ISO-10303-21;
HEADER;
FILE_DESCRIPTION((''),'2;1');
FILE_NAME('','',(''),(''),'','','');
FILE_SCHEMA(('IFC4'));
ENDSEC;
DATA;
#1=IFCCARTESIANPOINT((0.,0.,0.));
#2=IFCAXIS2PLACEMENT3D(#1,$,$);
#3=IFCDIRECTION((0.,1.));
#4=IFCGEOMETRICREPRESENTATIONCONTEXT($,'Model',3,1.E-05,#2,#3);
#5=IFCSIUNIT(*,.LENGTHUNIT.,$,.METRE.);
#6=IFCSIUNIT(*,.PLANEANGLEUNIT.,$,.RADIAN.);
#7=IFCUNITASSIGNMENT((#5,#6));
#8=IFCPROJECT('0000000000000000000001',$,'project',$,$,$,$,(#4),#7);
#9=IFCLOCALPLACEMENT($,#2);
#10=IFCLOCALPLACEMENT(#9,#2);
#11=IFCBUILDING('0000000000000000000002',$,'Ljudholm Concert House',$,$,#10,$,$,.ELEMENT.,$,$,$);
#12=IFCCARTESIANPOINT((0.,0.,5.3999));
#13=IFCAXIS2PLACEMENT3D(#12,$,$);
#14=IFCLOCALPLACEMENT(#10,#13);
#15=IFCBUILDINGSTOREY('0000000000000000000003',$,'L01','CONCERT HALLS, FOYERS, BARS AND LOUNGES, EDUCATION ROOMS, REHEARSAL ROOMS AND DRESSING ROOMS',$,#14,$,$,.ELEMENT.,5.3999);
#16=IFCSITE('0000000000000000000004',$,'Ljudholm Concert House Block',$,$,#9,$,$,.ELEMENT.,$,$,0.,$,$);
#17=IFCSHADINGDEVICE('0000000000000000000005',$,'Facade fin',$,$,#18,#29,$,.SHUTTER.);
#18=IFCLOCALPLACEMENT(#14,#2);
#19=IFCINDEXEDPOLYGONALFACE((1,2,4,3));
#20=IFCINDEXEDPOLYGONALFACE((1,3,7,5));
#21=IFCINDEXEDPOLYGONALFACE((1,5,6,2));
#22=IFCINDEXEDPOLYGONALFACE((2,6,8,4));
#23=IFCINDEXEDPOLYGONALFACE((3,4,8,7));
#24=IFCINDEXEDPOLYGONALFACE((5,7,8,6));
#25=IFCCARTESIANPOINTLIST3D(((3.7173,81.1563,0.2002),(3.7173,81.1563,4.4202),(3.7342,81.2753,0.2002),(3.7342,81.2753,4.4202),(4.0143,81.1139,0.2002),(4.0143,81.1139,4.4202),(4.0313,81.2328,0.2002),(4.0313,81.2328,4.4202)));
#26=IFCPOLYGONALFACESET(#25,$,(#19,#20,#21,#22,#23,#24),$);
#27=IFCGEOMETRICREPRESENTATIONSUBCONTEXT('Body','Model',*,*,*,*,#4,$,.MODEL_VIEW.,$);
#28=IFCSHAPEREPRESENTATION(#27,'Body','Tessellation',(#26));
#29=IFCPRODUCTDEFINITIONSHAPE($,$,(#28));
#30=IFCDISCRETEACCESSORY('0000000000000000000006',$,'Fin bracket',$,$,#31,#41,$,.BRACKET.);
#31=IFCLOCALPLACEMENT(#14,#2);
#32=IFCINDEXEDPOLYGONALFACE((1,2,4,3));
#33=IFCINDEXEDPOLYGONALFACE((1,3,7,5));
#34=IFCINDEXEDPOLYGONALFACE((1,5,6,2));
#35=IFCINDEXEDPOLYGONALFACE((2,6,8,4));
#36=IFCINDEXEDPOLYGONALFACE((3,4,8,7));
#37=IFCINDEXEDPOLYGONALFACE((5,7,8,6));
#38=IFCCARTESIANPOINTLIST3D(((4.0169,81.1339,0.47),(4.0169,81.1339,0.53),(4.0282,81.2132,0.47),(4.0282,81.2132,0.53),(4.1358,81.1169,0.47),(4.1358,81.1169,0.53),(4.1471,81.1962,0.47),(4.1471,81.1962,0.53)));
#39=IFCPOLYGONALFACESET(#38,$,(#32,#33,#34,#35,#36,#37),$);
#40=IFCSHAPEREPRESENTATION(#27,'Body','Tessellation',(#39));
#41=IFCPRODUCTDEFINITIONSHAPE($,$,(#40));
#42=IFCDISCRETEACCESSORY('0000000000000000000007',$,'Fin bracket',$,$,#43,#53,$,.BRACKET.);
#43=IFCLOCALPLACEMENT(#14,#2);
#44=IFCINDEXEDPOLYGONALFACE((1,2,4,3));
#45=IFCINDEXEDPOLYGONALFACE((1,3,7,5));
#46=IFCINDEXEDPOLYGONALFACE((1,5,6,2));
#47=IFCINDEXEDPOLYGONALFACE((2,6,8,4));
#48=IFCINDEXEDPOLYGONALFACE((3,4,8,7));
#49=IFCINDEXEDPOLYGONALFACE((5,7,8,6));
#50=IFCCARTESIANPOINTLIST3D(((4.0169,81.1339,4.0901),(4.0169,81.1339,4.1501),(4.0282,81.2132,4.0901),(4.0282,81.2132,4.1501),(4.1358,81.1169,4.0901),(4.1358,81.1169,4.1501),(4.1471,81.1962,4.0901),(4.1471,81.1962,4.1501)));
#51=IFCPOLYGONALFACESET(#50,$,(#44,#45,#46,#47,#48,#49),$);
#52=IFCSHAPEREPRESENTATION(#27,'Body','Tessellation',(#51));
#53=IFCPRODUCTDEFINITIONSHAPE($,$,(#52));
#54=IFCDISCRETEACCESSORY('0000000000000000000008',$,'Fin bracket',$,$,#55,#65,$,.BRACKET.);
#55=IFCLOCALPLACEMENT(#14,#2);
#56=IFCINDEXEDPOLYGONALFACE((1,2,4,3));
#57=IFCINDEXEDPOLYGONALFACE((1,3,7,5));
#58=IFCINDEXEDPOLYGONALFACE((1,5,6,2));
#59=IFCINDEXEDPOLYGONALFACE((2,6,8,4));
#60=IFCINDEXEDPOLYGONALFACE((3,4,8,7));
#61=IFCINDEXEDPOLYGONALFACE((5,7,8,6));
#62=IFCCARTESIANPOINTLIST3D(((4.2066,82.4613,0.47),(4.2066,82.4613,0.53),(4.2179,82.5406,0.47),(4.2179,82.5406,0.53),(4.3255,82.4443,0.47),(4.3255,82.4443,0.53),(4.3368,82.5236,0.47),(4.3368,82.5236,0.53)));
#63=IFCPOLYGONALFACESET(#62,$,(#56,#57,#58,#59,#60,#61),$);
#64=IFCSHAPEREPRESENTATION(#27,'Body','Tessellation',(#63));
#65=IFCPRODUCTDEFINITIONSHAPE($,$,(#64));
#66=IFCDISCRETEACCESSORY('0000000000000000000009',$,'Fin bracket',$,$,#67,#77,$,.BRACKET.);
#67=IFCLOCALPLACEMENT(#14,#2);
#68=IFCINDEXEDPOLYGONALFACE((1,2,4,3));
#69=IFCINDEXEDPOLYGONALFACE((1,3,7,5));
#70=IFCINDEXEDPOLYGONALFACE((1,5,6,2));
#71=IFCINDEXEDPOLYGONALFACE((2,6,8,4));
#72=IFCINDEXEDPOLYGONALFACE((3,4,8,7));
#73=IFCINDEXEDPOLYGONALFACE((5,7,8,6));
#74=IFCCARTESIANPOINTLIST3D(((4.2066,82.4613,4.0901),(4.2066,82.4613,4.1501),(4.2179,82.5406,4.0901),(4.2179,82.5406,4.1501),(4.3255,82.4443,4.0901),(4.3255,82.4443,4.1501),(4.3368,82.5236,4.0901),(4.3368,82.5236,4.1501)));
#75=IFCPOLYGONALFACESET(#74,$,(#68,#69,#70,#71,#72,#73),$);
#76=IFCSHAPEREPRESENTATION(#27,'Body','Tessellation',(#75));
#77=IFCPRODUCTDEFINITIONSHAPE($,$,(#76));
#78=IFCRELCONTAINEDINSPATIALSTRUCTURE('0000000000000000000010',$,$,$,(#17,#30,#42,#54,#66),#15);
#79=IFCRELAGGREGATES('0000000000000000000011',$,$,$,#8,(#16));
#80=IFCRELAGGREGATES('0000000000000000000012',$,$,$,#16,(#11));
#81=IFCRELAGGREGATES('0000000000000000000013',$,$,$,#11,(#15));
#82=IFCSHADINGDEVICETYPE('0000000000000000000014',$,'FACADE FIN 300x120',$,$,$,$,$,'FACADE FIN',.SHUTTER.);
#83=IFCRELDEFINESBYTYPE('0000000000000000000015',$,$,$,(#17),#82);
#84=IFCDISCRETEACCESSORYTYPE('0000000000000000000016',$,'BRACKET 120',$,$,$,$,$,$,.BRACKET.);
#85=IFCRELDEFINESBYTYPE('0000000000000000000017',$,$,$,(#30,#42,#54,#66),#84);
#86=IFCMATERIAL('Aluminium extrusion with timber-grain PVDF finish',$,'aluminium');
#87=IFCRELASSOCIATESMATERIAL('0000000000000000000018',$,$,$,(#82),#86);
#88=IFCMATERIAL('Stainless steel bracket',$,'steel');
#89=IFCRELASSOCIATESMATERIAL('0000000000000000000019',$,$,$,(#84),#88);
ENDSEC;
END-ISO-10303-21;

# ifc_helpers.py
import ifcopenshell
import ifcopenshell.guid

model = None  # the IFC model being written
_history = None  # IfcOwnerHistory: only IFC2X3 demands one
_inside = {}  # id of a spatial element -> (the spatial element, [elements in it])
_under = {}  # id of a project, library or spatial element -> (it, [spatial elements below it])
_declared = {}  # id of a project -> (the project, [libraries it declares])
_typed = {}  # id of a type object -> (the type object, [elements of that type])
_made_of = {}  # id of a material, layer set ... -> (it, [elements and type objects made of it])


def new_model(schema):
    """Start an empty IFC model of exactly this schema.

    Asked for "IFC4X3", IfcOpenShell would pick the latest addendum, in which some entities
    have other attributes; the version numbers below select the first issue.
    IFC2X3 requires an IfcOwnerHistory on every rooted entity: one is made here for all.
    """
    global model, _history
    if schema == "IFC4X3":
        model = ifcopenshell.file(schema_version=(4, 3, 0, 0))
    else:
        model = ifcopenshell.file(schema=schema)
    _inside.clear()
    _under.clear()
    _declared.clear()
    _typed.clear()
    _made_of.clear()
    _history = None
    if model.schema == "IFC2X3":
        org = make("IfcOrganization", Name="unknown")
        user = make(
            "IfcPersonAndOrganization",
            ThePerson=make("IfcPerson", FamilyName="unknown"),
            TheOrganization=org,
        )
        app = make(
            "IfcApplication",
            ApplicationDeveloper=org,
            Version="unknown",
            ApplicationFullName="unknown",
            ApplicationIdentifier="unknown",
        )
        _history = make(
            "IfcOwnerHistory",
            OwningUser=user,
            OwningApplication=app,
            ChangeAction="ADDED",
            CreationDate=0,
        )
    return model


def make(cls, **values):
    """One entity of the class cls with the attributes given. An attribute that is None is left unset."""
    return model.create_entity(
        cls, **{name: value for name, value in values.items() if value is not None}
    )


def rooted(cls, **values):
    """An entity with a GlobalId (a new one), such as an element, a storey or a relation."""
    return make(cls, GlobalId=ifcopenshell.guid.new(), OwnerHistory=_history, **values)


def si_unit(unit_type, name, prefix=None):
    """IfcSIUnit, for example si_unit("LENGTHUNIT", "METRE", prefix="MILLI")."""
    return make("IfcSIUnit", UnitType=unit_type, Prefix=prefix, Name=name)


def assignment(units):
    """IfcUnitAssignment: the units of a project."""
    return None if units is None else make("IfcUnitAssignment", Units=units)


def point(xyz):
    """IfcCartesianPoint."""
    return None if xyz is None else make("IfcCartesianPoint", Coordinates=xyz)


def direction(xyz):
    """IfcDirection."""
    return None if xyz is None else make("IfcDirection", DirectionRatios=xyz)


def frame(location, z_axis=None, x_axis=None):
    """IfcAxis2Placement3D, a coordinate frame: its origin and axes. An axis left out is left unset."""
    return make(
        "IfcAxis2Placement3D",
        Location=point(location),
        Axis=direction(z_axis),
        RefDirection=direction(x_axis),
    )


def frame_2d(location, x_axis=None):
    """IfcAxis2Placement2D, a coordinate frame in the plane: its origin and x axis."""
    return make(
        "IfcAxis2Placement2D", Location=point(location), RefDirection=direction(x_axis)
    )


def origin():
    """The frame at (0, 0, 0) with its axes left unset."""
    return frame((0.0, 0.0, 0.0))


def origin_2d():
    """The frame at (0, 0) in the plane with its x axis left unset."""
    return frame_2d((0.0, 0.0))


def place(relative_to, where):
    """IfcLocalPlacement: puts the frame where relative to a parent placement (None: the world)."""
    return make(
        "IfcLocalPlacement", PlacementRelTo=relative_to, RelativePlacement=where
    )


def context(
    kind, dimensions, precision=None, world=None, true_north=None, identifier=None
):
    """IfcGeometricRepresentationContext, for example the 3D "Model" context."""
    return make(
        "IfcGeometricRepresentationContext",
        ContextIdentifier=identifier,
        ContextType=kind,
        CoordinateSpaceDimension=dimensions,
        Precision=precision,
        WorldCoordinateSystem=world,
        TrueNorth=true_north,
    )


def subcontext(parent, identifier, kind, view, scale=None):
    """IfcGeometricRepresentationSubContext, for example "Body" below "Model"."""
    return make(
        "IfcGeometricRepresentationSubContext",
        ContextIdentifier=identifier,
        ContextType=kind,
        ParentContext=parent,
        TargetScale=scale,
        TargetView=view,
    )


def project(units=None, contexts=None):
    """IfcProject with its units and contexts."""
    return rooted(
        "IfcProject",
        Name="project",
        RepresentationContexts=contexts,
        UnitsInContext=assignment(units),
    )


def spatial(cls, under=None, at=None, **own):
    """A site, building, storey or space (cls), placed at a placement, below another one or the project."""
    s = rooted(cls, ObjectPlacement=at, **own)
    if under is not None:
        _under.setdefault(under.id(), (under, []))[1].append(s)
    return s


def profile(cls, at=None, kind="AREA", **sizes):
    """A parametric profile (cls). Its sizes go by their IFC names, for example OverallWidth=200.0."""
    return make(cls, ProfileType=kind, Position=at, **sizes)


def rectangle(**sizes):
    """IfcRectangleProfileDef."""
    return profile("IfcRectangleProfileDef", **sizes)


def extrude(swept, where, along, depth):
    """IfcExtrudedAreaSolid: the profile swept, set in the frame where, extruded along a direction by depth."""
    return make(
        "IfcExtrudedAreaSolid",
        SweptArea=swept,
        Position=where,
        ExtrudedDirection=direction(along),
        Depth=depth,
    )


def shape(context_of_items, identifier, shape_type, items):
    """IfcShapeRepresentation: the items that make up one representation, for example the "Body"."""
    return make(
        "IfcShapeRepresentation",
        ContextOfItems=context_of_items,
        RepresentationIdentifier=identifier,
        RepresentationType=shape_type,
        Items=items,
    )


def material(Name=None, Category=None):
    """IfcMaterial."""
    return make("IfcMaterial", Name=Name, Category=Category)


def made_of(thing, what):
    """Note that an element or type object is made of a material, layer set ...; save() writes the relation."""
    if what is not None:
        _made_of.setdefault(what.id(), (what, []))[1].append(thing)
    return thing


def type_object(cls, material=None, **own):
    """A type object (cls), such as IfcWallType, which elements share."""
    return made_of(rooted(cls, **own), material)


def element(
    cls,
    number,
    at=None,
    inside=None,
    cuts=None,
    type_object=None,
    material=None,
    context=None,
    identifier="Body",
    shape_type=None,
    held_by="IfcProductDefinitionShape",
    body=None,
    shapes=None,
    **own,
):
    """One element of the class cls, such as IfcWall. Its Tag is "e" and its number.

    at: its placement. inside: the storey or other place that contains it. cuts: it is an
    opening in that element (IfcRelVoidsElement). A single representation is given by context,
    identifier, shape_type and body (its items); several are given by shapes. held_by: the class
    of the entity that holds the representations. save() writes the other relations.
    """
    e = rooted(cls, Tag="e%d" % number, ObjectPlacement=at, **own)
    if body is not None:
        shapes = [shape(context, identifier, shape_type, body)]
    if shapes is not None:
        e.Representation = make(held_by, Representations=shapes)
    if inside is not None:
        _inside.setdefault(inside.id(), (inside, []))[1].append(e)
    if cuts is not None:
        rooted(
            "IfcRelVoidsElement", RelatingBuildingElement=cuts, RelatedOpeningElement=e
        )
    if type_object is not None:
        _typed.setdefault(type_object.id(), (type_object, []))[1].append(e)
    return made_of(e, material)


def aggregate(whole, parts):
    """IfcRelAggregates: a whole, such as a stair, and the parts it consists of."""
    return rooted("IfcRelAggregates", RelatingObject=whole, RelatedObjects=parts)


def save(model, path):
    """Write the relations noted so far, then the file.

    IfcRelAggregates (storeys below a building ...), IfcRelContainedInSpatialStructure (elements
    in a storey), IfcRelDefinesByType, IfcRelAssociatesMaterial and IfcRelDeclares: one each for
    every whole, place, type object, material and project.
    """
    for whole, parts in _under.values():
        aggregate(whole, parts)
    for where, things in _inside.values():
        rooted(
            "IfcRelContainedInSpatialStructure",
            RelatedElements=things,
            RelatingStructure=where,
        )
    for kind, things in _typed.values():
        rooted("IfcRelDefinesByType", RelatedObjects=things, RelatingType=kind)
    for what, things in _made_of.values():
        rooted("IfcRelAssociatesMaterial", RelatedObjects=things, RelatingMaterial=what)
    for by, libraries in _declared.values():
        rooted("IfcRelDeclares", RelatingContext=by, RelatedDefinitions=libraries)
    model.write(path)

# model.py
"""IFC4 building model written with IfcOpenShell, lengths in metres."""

from ifc_helpers import new_model, si_unit, direction, frame, origin, origin_2d, place, context, subcontext, project, spatial, rectangle, extrude, material, type_object, element, save


model = new_model("IFC4")

# Units and contexts
model_context = context("Model", 3, precision=1e-05, world=origin(), true_north=direction((0.0, 1.0)))
body_context = subcontext(model_context, "Body", "Model", "MODEL_VIEW")
ifc_project = project(units=[si_unit("LENGTHUNIT", "METRE"), si_unit("PLANEANGLEUNIT", "RADIAN")], contexts=[model_context])

# Site, building, storey
site_placement = place(None, origin())
site = spatial("IfcSite", under=ifc_project, at=site_placement, Name="Ljudholm Concert House Block", CompositionType="ELEMENT", RefElevation=0.0)
building_placement = place(site_placement, origin())
building = spatial("IfcBuilding", under=site, at=building_placement, Name="Ljudholm Concert House", CompositionType="ELEMENT")
storey_placement = place(building_placement, frame((0.0, 0.0, 5.3999)))
storey = spatial("IfcBuildingStorey", under=building, at=storey_placement, Name="L01", Description="CONCERT HALLS, FOYERS, BARS AND LOUNGES, EDUCATION ROOMS, REHEARSAL ROOMS AND DRESSING ROOMS", CompositionType="ELEMENT", Elevation=5.3999)

# Shading device
ifc_material_1 = material(Name="Aluminium extrusion with timber-grain PVDF finish", Category="aluminium")
shading_device_type = type_object("IfcShadingDeviceType", Name="FACADE FIN 300x120", ElementType="FACADE FIN", PredefinedType="SHUTTER", material=ifc_material_1)
shading_device_placement = place(storey_placement, frame((3.8743, 81.1946, 0.2002), z_axis=(0.0, 0.0, 1.0), x_axis=(-0.989949, 0.141421, 0.0)))
element("IfcShadingDevice", 1, at=shading_device_placement, inside=storey, type_object=shading_device_type, Name="Facade fin", PredefinedType="SHUTTER", context=body_context, shape_type="SweptSolid", body=[
    extrude(rectangle(XDim=0.3, YDim=0.1201, at=origin_2d()), origin(), (0.0, 0.0, 1.0), 4.22),
])

# Discrete accessories
ifc_material_2 = material(Name="Stainless steel bracket", Category="steel")
discrete_accessory_type = type_object("IfcDiscreteAccessoryType", Name="BRACKET 120", PredefinedType="BRACKET", material=ifc_material_2)
for number, where, z_axis, x_axis, name in (
    (2, (4.082, 81.165, 0.47), (0.0, 0.0, 1.0), (-0.989949, 0.141421, 0.0), "Fin bracket"),
    (3, (4.082, 81.165, 4.0901), (0.0, 0.0, 1.0), (-0.989949, 0.141421, 0.0), "Fin bracket"),
    (4, (4.2717, 82.4924, 0.47), (0.0, 0.0, 1.0), (-0.989949, 0.141421, 0.0), "Fin bracket"),
    (5, (4.2717, 82.4924, 4.0901), (0.0, 0.0, 1.0), (-0.989949, 0.141421, 0.0), "Fin bracket"),
):
    element("IfcDiscreteAccessory", number, at=place(storey_placement, frame(where, z_axis=z_axis, x_axis=x_axis)), inside=storey, type_object=discrete_accessory_type, Name=name, PredefinedType="BRACKET", context=body_context, shape_type="SweptSolid", body=[
        extrude(rectangle(XDim=0.1201, YDim=0.0801, at=origin_2d()), origin(), (0.0, 0.0, 1.0), 0.0601),
    ])

save(model, "model.ifc")
